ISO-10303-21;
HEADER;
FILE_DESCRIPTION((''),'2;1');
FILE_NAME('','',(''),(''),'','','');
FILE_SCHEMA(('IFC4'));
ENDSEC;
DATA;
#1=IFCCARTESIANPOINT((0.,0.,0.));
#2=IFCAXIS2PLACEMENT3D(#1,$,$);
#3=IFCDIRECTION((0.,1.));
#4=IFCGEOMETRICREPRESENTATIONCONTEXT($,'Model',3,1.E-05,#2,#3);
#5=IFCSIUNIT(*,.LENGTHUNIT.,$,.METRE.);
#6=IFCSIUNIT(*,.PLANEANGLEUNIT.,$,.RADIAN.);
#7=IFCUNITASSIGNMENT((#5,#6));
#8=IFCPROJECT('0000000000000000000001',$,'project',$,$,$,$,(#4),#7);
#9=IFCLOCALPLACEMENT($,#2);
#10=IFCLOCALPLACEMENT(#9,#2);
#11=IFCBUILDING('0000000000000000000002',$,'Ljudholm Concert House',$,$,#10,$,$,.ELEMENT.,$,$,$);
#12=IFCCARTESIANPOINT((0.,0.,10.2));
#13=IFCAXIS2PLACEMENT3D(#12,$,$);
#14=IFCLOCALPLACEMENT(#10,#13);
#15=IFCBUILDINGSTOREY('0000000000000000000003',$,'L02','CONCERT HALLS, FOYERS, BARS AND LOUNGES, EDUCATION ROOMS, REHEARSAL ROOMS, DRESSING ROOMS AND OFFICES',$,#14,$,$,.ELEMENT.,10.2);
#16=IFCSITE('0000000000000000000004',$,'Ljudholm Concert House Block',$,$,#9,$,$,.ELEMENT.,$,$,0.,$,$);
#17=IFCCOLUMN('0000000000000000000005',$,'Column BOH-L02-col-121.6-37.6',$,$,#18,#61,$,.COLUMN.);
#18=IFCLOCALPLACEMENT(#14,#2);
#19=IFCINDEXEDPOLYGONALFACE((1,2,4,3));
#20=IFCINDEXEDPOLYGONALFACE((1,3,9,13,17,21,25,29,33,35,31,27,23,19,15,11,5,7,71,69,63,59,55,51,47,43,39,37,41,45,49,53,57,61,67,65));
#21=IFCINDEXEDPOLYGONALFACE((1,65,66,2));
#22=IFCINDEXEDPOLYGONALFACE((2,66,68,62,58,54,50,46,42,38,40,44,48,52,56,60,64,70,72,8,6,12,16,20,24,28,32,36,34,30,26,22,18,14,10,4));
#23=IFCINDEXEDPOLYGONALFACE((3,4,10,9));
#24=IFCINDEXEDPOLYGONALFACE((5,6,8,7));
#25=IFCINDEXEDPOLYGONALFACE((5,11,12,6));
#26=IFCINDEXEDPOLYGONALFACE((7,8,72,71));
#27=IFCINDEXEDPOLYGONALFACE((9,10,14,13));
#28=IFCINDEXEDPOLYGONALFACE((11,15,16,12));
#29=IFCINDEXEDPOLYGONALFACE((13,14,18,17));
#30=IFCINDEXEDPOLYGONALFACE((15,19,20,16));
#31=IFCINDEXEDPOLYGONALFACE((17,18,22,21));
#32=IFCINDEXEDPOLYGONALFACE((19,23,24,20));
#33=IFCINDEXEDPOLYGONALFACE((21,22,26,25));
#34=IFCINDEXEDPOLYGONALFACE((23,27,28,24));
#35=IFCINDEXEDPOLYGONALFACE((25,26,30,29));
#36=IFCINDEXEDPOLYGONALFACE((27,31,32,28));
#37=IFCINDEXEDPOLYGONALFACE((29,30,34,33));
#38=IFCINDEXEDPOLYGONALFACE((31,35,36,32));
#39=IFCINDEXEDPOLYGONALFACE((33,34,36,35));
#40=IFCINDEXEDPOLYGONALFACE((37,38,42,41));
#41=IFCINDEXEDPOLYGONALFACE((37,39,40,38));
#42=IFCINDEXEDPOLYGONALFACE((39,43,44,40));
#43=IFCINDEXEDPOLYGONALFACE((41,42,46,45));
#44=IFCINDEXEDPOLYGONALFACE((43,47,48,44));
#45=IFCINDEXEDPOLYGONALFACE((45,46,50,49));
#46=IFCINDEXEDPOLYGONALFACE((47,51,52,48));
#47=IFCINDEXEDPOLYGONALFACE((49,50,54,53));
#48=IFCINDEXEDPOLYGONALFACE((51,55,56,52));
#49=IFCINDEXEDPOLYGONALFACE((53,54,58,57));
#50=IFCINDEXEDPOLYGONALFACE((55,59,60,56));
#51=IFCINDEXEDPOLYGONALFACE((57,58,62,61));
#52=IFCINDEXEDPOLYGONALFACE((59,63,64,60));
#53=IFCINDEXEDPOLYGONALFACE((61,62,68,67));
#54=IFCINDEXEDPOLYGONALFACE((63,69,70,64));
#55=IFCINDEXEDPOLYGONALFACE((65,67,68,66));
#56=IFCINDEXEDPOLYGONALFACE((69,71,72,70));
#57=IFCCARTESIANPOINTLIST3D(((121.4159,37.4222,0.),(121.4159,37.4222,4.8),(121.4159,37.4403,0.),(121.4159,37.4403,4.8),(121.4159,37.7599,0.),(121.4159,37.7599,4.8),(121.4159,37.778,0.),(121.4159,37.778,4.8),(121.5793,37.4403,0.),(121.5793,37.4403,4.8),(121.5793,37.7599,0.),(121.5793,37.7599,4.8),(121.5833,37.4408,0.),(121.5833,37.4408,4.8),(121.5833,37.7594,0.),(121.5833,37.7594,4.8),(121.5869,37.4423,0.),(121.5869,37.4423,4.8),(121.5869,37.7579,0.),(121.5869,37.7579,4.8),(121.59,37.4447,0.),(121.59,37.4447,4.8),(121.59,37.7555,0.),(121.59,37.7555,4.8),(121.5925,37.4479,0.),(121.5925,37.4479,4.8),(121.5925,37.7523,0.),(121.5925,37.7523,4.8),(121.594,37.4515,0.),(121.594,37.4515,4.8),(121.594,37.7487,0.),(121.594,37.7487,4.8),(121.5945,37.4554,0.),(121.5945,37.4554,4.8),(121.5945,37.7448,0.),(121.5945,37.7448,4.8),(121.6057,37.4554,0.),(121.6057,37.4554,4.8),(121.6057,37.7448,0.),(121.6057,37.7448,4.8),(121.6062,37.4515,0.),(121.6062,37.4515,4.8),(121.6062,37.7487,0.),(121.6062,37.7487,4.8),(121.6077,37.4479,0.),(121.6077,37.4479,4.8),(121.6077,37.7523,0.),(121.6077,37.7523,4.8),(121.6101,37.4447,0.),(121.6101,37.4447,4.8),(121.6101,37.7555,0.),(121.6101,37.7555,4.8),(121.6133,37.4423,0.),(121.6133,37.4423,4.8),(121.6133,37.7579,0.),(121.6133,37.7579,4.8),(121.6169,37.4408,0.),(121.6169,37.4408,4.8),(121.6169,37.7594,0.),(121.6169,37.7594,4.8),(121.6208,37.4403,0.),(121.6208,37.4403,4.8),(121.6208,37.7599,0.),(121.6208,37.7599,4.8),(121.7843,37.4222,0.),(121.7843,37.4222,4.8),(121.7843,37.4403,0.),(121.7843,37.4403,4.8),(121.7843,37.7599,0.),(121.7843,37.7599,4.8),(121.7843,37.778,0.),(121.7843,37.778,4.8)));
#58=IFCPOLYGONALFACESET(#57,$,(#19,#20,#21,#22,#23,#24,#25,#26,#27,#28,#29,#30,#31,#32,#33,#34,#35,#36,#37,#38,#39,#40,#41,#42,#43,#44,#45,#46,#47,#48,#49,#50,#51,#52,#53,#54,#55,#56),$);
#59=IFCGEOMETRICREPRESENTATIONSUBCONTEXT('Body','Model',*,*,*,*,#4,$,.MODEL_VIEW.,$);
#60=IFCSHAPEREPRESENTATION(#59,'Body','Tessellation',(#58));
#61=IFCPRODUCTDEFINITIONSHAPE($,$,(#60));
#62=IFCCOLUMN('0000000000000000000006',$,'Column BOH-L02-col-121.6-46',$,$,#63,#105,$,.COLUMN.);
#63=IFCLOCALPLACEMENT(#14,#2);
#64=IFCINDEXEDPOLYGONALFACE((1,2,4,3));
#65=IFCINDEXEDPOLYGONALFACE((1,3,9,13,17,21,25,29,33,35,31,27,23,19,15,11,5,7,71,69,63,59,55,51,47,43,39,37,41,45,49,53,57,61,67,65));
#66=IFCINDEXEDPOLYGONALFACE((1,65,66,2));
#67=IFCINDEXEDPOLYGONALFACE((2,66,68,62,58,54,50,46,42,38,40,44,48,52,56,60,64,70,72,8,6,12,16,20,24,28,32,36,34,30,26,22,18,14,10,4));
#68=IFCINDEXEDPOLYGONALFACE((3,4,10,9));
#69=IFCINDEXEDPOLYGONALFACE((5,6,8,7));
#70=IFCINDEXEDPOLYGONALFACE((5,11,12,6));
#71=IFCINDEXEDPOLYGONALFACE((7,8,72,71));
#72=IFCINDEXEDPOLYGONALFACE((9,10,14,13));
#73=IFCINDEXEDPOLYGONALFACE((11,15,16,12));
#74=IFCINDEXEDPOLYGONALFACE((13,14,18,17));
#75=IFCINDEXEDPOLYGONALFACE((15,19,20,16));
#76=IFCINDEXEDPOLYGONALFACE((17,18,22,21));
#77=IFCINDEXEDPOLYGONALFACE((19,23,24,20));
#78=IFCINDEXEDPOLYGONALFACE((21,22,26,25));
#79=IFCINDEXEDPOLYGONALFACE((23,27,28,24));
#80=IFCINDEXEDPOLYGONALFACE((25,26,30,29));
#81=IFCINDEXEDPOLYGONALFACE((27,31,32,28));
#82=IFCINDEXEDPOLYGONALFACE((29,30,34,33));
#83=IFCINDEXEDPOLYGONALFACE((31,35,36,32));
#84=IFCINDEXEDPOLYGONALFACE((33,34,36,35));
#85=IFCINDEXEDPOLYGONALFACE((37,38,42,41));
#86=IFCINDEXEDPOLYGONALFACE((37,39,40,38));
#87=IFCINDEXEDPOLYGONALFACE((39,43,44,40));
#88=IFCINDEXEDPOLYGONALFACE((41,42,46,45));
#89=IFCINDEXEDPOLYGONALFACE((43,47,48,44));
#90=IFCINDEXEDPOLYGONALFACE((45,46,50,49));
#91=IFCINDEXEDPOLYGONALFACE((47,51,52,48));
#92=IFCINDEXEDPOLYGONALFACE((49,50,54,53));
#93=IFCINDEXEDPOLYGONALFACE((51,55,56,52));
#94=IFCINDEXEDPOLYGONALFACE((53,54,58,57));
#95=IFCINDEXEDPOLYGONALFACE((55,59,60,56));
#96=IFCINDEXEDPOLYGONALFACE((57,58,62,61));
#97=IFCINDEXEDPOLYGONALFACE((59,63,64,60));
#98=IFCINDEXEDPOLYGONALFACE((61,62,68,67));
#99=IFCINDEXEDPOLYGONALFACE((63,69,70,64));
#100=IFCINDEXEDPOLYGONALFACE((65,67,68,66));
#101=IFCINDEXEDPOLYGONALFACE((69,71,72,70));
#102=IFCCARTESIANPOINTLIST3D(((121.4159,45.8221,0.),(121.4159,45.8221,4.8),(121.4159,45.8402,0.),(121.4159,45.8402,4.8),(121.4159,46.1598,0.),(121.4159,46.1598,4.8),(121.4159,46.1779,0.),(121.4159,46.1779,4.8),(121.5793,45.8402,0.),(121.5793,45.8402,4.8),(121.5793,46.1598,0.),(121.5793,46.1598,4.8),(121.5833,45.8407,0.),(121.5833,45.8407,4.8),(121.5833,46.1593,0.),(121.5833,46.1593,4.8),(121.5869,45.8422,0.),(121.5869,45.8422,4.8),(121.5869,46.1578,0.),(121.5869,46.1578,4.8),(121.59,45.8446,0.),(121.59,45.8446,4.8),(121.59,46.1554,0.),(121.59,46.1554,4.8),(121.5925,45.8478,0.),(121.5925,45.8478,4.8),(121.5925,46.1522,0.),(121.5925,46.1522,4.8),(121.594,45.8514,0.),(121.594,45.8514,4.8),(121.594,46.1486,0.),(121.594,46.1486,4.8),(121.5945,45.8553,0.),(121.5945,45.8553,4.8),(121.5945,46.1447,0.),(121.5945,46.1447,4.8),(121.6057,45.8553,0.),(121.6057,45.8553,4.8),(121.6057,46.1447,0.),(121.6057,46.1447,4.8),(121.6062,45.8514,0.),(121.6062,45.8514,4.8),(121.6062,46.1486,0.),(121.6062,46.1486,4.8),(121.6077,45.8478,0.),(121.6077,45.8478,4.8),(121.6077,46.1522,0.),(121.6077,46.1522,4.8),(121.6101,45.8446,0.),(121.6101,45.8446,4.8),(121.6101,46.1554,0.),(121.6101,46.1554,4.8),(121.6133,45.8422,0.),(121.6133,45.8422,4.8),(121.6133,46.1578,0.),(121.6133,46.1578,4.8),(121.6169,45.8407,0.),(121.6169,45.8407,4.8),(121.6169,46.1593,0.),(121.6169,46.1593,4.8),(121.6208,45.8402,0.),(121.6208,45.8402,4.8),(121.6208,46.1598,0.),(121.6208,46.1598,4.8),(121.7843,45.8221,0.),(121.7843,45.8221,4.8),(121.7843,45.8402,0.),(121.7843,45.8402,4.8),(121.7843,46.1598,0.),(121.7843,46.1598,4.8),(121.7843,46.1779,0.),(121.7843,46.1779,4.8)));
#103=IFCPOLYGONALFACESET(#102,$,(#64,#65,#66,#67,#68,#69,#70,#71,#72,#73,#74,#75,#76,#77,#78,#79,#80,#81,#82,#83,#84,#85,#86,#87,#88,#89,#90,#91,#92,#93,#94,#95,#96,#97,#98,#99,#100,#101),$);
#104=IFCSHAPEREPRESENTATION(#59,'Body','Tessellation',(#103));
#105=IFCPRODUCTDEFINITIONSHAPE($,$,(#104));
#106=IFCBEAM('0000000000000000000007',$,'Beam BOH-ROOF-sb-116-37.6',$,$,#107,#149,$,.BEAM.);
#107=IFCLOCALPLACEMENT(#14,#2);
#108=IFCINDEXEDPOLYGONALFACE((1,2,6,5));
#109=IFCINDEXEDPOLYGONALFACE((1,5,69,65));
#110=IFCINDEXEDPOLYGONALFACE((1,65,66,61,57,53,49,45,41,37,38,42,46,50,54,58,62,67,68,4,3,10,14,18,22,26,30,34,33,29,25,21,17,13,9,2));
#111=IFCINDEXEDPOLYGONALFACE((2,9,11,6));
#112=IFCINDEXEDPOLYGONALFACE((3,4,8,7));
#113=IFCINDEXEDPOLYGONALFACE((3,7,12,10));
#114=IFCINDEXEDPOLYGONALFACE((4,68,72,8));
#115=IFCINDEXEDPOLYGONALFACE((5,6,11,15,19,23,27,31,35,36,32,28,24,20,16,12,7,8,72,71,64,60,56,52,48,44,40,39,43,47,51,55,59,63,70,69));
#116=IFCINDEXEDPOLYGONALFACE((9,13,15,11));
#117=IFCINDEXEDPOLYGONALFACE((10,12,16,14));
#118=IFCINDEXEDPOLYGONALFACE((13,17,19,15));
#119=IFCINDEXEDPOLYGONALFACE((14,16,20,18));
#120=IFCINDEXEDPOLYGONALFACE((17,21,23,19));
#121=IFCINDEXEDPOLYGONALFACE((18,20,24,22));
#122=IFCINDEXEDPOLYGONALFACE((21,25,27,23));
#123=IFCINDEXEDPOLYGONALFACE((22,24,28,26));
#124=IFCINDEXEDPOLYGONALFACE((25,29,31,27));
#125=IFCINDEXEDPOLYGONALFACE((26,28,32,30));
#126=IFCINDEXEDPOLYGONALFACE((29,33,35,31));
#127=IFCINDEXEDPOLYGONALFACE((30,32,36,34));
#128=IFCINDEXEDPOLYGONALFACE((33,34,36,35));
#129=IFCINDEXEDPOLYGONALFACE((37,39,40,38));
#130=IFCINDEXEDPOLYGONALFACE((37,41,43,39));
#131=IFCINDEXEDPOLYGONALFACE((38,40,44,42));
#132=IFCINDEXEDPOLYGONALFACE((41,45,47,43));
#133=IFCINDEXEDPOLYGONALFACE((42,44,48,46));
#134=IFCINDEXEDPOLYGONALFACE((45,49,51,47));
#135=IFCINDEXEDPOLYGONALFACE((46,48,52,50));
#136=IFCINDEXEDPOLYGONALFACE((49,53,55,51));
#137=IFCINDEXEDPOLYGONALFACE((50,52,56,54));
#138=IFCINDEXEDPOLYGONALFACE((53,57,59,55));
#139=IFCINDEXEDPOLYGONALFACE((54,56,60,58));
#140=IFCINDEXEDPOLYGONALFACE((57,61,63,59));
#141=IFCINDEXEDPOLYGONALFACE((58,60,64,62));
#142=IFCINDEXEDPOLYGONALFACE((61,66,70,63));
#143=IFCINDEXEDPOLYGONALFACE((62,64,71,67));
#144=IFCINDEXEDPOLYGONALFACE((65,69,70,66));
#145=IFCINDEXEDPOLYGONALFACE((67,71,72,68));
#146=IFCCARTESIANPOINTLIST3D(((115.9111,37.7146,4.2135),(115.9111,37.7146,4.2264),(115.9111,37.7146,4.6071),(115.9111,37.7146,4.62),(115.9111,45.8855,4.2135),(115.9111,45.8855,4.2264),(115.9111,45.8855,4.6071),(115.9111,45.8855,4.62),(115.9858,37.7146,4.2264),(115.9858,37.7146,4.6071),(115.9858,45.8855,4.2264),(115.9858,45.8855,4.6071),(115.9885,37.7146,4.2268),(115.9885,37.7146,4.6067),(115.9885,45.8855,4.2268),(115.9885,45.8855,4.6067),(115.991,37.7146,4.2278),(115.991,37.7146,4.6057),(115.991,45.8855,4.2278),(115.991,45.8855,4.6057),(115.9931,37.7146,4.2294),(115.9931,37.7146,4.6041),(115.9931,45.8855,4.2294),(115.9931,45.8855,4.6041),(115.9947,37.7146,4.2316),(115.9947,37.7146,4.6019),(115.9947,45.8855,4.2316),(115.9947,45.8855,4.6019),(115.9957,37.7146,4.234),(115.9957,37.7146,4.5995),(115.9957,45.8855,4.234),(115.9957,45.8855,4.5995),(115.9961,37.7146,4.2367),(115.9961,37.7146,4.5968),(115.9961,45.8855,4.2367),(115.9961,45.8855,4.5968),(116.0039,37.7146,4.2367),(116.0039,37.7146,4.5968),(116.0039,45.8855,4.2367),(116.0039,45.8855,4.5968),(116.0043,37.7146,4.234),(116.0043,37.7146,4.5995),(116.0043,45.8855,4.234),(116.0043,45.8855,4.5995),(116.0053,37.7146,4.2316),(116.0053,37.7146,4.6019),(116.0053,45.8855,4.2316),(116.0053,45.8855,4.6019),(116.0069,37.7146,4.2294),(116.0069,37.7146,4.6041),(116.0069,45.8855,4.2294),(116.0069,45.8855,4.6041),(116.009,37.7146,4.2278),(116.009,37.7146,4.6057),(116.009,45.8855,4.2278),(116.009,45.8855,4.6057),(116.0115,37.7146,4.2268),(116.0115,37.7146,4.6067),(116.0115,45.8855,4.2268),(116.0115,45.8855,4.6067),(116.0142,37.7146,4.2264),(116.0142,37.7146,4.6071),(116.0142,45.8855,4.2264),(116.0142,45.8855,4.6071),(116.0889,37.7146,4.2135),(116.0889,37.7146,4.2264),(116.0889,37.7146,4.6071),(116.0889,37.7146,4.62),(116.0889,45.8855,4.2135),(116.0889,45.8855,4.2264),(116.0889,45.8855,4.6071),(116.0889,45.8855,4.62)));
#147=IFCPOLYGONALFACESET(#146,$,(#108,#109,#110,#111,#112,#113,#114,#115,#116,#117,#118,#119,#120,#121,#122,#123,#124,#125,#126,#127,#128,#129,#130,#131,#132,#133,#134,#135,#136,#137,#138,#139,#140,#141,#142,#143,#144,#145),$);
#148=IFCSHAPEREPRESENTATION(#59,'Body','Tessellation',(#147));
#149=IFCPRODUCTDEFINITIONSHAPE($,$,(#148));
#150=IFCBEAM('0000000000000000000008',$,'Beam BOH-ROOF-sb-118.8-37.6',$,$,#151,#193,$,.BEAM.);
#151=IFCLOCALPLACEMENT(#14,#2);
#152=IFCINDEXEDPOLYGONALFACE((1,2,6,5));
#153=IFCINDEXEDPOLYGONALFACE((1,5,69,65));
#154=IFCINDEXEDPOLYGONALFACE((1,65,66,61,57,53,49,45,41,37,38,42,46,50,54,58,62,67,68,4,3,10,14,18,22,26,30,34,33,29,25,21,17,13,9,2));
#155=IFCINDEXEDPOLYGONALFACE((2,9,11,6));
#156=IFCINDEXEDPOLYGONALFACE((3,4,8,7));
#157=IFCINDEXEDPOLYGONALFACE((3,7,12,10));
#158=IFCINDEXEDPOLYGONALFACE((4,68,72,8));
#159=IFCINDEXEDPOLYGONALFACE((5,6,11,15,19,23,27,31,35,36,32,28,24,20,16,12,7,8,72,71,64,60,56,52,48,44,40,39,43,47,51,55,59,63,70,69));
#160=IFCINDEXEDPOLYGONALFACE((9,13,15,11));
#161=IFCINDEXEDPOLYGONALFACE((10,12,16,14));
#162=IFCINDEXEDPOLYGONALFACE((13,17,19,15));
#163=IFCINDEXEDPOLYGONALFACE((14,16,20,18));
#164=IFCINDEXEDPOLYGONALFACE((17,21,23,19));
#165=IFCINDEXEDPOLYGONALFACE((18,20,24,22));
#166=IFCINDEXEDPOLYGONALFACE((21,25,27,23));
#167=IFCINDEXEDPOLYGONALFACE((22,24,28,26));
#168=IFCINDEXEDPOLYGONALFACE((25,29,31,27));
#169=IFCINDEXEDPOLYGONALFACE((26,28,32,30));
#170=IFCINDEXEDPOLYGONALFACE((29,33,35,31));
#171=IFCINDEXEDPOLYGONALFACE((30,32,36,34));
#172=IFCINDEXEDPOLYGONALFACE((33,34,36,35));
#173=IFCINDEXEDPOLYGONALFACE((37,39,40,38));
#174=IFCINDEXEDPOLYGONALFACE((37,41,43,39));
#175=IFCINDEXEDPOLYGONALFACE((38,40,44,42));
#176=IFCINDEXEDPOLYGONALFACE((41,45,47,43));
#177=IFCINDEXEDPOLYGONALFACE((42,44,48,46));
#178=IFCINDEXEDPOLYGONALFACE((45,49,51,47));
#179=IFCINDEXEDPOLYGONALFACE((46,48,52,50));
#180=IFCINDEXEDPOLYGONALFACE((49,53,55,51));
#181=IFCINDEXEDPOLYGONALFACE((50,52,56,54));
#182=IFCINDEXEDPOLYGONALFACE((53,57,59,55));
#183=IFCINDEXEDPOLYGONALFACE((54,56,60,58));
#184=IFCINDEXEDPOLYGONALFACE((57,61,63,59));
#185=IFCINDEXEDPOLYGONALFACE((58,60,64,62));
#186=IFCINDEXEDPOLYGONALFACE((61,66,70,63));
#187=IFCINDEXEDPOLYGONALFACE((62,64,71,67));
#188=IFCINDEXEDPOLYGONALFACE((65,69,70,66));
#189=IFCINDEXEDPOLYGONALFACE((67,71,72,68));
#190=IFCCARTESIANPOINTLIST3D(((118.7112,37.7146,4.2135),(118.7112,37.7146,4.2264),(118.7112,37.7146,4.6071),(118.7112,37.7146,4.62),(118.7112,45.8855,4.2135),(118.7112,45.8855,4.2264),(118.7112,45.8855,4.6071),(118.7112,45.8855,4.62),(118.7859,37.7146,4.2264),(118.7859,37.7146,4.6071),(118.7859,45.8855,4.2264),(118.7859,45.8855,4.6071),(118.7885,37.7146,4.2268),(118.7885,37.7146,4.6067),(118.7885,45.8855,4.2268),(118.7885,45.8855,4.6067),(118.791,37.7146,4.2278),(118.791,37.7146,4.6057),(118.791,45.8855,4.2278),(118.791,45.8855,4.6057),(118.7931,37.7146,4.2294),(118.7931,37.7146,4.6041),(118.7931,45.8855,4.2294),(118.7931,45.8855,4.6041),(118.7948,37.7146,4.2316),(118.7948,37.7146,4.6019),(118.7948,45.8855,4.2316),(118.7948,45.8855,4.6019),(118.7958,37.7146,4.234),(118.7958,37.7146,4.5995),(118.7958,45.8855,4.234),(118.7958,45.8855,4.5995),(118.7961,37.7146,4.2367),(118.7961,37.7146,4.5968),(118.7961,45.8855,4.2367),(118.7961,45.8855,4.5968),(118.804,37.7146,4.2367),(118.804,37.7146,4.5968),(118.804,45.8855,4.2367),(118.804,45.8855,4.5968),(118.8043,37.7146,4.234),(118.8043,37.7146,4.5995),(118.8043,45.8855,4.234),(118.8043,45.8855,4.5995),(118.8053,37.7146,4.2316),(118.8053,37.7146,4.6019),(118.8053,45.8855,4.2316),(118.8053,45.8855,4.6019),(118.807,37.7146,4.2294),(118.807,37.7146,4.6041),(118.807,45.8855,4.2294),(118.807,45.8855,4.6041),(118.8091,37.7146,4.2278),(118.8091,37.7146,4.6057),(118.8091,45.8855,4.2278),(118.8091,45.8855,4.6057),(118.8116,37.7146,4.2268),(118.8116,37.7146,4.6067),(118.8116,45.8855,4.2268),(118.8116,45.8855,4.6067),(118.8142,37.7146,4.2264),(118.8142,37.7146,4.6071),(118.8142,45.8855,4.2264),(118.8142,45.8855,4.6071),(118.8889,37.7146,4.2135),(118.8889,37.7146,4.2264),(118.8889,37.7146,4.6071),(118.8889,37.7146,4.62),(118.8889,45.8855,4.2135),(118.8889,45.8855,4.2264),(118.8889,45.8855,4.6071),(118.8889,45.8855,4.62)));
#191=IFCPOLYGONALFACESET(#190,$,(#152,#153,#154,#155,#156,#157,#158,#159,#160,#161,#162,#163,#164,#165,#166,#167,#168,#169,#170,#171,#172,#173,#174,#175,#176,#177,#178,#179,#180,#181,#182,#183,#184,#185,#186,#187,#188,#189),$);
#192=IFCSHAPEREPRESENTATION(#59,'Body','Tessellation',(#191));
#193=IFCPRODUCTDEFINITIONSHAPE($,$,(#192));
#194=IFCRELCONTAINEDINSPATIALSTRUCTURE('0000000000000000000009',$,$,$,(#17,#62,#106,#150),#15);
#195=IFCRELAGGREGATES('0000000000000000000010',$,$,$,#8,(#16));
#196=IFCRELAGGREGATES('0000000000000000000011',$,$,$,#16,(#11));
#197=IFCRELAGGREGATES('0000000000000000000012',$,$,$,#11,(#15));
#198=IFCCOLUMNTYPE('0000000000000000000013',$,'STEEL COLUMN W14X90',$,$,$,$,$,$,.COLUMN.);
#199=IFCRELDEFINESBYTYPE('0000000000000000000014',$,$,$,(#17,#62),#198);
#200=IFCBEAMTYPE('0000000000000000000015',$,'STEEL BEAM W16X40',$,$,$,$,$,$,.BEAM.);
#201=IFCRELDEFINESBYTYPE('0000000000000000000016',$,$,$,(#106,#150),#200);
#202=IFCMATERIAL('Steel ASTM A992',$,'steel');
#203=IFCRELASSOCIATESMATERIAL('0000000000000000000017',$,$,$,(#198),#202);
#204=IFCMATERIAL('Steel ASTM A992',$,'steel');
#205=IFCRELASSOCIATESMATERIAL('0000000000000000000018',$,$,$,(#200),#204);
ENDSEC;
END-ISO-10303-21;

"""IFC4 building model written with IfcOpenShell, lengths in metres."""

from ifc_helpers import new_model, si_unit, direction, frame, origin, origin_2d, place, context, subcontext, project, spatial, i_section, extrude, material, material_profile, profile_set, type_object, element, save


model = new_model("IFC4")

# Units and contexts
model_context = context("Model", 3, precision=1e-05, world=origin(), true_north=direction((0.0, 1.0)))
body_context = subcontext(model_context, "Body", "Model", "MODEL_VIEW")
ifc_project = project(units=[si_unit("LENGTHUNIT", "METRE"), si_unit("PLANEANGLEUNIT", "RADIAN")], contexts=[model_context])

# Site, building, storey
site_placement = place(None, origin())
site = spatial("IfcSite", under=ifc_project, at=site_placement, Name="Ljudholm Concert House Block", CompositionType="ELEMENT", RefElevation=0.0)
building_placement = place(site_placement, origin())
building = spatial("IfcBuilding", under=site, at=building_placement, Name="Ljudholm Concert House", CompositionType="ELEMENT")
storey_placement = place(building_placement, frame((0.0, 0.0, 10.2)))
storey = spatial("IfcBuildingStorey", under=building, at=storey_placement, Name="L02", Description="CONCERT HALLS, FOYERS, BARS AND LOUNGES, EDUCATION ROOMS, REHEARSAL ROOMS, DRESSING ROOMS AND OFFICES", CompositionType="ELEMENT", Elevation=10.2)

# Columns
ifc_material_1 = material(Name="Steel ASTM A992", Category="steel")
ifc_material_profile_1 = material_profile(ifc_material_1, i_section(OverallWidth=0.3684, OverallDepth=0.3557, WebThickness=0.0112, FlangeThickness=0.0181, FilletRadius=0.0151, at=origin_2d()), Name="W14X90")
ifc_profile_set_1 = profile_set([ifc_material_profile_1], Name="Steel ASTM A992")
column_type = type_object("IfcColumnType", Name="STEEL COLUMN W14X90", PredefinedType="COLUMN", material=ifc_profile_set_1)
for number, where, z_axis, x_axis, name in (
    (1, (121.6001, 37.6001, 0.0), (0.0, 0.0, 1.0), (1.0, 0.0, 0.0), "Column BOH-L02-col-121.6-37.6"),
    (2, (121.6001, 46.0, 0.0), (0.0, 0.0, 1.0), (1.0, 0.0, 0.0), "Column BOH-L02-col-121.6-46"),
):
    element("IfcColumn", number, at=place(storey_placement, frame(where, z_axis=z_axis, x_axis=x_axis)), inside=storey, type_object=column_type, Name=name, PredefinedType="COLUMN", context=body_context, shape_type="SweptSolid", body=[
        extrude(i_section(OverallWidth=0.3684, OverallDepth=0.3557, WebThickness=0.0112, FlangeThickness=0.0181, FilletRadius=0.0151, at=origin_2d()), origin(), (0.0, 0.0, 1.0), 4.8),
    ])

# Beams
ifc_material_2 = material(Name="Steel ASTM A992", Category="steel")
ifc_material_profile_2 = material_profile(ifc_material_2, i_section(OverallWidth=0.1777, OverallDepth=0.4065, WebThickness=0.0078, FlangeThickness=0.0129, FilletRadius=0.0103, at=origin_2d()), Name="W16X40")
ifc_profile_set_2 = profile_set([ifc_material_profile_2], Name="Steel ASTM A992")
beam_type_1 = type_object("IfcBeamType", Name="STEEL BEAM W16X40", PredefinedType="BEAM", material=ifc_profile_set_2)
for number, where, z_axis, x_axis, name in (
    (3, (116.0, 37.7146, 4.4167), (0.0, 1.0, 0.0), (-1.0, 0.0, 0.0), "Beam BOH-ROOF-sb-116-37.6"),
    (4, (118.8, 37.7146, 4.4167), (0.0, 1.0, 0.0), (-1.0, 0.0, 0.0), "Beam BOH-ROOF-sb-118.8-37.6"),
):
    element("IfcBeam", number, at=place(storey_placement, frame(where, z_axis=z_axis, x_axis=x_axis)), inside=storey, type_object=beam_type_1, Name=name, PredefinedType="BEAM", context=body_context, shape_type="SweptSolid", body=[
        extrude(i_section(OverallWidth=0.1777, OverallDepth=0.4065, WebThickness=0.0078, FlangeThickness=0.0129, FilletRadius=0.0103, at=origin_2d()), origin(), (0.0, 0.0, 1.0), 8.1709),
    ])

save(model, "model.ifc")
